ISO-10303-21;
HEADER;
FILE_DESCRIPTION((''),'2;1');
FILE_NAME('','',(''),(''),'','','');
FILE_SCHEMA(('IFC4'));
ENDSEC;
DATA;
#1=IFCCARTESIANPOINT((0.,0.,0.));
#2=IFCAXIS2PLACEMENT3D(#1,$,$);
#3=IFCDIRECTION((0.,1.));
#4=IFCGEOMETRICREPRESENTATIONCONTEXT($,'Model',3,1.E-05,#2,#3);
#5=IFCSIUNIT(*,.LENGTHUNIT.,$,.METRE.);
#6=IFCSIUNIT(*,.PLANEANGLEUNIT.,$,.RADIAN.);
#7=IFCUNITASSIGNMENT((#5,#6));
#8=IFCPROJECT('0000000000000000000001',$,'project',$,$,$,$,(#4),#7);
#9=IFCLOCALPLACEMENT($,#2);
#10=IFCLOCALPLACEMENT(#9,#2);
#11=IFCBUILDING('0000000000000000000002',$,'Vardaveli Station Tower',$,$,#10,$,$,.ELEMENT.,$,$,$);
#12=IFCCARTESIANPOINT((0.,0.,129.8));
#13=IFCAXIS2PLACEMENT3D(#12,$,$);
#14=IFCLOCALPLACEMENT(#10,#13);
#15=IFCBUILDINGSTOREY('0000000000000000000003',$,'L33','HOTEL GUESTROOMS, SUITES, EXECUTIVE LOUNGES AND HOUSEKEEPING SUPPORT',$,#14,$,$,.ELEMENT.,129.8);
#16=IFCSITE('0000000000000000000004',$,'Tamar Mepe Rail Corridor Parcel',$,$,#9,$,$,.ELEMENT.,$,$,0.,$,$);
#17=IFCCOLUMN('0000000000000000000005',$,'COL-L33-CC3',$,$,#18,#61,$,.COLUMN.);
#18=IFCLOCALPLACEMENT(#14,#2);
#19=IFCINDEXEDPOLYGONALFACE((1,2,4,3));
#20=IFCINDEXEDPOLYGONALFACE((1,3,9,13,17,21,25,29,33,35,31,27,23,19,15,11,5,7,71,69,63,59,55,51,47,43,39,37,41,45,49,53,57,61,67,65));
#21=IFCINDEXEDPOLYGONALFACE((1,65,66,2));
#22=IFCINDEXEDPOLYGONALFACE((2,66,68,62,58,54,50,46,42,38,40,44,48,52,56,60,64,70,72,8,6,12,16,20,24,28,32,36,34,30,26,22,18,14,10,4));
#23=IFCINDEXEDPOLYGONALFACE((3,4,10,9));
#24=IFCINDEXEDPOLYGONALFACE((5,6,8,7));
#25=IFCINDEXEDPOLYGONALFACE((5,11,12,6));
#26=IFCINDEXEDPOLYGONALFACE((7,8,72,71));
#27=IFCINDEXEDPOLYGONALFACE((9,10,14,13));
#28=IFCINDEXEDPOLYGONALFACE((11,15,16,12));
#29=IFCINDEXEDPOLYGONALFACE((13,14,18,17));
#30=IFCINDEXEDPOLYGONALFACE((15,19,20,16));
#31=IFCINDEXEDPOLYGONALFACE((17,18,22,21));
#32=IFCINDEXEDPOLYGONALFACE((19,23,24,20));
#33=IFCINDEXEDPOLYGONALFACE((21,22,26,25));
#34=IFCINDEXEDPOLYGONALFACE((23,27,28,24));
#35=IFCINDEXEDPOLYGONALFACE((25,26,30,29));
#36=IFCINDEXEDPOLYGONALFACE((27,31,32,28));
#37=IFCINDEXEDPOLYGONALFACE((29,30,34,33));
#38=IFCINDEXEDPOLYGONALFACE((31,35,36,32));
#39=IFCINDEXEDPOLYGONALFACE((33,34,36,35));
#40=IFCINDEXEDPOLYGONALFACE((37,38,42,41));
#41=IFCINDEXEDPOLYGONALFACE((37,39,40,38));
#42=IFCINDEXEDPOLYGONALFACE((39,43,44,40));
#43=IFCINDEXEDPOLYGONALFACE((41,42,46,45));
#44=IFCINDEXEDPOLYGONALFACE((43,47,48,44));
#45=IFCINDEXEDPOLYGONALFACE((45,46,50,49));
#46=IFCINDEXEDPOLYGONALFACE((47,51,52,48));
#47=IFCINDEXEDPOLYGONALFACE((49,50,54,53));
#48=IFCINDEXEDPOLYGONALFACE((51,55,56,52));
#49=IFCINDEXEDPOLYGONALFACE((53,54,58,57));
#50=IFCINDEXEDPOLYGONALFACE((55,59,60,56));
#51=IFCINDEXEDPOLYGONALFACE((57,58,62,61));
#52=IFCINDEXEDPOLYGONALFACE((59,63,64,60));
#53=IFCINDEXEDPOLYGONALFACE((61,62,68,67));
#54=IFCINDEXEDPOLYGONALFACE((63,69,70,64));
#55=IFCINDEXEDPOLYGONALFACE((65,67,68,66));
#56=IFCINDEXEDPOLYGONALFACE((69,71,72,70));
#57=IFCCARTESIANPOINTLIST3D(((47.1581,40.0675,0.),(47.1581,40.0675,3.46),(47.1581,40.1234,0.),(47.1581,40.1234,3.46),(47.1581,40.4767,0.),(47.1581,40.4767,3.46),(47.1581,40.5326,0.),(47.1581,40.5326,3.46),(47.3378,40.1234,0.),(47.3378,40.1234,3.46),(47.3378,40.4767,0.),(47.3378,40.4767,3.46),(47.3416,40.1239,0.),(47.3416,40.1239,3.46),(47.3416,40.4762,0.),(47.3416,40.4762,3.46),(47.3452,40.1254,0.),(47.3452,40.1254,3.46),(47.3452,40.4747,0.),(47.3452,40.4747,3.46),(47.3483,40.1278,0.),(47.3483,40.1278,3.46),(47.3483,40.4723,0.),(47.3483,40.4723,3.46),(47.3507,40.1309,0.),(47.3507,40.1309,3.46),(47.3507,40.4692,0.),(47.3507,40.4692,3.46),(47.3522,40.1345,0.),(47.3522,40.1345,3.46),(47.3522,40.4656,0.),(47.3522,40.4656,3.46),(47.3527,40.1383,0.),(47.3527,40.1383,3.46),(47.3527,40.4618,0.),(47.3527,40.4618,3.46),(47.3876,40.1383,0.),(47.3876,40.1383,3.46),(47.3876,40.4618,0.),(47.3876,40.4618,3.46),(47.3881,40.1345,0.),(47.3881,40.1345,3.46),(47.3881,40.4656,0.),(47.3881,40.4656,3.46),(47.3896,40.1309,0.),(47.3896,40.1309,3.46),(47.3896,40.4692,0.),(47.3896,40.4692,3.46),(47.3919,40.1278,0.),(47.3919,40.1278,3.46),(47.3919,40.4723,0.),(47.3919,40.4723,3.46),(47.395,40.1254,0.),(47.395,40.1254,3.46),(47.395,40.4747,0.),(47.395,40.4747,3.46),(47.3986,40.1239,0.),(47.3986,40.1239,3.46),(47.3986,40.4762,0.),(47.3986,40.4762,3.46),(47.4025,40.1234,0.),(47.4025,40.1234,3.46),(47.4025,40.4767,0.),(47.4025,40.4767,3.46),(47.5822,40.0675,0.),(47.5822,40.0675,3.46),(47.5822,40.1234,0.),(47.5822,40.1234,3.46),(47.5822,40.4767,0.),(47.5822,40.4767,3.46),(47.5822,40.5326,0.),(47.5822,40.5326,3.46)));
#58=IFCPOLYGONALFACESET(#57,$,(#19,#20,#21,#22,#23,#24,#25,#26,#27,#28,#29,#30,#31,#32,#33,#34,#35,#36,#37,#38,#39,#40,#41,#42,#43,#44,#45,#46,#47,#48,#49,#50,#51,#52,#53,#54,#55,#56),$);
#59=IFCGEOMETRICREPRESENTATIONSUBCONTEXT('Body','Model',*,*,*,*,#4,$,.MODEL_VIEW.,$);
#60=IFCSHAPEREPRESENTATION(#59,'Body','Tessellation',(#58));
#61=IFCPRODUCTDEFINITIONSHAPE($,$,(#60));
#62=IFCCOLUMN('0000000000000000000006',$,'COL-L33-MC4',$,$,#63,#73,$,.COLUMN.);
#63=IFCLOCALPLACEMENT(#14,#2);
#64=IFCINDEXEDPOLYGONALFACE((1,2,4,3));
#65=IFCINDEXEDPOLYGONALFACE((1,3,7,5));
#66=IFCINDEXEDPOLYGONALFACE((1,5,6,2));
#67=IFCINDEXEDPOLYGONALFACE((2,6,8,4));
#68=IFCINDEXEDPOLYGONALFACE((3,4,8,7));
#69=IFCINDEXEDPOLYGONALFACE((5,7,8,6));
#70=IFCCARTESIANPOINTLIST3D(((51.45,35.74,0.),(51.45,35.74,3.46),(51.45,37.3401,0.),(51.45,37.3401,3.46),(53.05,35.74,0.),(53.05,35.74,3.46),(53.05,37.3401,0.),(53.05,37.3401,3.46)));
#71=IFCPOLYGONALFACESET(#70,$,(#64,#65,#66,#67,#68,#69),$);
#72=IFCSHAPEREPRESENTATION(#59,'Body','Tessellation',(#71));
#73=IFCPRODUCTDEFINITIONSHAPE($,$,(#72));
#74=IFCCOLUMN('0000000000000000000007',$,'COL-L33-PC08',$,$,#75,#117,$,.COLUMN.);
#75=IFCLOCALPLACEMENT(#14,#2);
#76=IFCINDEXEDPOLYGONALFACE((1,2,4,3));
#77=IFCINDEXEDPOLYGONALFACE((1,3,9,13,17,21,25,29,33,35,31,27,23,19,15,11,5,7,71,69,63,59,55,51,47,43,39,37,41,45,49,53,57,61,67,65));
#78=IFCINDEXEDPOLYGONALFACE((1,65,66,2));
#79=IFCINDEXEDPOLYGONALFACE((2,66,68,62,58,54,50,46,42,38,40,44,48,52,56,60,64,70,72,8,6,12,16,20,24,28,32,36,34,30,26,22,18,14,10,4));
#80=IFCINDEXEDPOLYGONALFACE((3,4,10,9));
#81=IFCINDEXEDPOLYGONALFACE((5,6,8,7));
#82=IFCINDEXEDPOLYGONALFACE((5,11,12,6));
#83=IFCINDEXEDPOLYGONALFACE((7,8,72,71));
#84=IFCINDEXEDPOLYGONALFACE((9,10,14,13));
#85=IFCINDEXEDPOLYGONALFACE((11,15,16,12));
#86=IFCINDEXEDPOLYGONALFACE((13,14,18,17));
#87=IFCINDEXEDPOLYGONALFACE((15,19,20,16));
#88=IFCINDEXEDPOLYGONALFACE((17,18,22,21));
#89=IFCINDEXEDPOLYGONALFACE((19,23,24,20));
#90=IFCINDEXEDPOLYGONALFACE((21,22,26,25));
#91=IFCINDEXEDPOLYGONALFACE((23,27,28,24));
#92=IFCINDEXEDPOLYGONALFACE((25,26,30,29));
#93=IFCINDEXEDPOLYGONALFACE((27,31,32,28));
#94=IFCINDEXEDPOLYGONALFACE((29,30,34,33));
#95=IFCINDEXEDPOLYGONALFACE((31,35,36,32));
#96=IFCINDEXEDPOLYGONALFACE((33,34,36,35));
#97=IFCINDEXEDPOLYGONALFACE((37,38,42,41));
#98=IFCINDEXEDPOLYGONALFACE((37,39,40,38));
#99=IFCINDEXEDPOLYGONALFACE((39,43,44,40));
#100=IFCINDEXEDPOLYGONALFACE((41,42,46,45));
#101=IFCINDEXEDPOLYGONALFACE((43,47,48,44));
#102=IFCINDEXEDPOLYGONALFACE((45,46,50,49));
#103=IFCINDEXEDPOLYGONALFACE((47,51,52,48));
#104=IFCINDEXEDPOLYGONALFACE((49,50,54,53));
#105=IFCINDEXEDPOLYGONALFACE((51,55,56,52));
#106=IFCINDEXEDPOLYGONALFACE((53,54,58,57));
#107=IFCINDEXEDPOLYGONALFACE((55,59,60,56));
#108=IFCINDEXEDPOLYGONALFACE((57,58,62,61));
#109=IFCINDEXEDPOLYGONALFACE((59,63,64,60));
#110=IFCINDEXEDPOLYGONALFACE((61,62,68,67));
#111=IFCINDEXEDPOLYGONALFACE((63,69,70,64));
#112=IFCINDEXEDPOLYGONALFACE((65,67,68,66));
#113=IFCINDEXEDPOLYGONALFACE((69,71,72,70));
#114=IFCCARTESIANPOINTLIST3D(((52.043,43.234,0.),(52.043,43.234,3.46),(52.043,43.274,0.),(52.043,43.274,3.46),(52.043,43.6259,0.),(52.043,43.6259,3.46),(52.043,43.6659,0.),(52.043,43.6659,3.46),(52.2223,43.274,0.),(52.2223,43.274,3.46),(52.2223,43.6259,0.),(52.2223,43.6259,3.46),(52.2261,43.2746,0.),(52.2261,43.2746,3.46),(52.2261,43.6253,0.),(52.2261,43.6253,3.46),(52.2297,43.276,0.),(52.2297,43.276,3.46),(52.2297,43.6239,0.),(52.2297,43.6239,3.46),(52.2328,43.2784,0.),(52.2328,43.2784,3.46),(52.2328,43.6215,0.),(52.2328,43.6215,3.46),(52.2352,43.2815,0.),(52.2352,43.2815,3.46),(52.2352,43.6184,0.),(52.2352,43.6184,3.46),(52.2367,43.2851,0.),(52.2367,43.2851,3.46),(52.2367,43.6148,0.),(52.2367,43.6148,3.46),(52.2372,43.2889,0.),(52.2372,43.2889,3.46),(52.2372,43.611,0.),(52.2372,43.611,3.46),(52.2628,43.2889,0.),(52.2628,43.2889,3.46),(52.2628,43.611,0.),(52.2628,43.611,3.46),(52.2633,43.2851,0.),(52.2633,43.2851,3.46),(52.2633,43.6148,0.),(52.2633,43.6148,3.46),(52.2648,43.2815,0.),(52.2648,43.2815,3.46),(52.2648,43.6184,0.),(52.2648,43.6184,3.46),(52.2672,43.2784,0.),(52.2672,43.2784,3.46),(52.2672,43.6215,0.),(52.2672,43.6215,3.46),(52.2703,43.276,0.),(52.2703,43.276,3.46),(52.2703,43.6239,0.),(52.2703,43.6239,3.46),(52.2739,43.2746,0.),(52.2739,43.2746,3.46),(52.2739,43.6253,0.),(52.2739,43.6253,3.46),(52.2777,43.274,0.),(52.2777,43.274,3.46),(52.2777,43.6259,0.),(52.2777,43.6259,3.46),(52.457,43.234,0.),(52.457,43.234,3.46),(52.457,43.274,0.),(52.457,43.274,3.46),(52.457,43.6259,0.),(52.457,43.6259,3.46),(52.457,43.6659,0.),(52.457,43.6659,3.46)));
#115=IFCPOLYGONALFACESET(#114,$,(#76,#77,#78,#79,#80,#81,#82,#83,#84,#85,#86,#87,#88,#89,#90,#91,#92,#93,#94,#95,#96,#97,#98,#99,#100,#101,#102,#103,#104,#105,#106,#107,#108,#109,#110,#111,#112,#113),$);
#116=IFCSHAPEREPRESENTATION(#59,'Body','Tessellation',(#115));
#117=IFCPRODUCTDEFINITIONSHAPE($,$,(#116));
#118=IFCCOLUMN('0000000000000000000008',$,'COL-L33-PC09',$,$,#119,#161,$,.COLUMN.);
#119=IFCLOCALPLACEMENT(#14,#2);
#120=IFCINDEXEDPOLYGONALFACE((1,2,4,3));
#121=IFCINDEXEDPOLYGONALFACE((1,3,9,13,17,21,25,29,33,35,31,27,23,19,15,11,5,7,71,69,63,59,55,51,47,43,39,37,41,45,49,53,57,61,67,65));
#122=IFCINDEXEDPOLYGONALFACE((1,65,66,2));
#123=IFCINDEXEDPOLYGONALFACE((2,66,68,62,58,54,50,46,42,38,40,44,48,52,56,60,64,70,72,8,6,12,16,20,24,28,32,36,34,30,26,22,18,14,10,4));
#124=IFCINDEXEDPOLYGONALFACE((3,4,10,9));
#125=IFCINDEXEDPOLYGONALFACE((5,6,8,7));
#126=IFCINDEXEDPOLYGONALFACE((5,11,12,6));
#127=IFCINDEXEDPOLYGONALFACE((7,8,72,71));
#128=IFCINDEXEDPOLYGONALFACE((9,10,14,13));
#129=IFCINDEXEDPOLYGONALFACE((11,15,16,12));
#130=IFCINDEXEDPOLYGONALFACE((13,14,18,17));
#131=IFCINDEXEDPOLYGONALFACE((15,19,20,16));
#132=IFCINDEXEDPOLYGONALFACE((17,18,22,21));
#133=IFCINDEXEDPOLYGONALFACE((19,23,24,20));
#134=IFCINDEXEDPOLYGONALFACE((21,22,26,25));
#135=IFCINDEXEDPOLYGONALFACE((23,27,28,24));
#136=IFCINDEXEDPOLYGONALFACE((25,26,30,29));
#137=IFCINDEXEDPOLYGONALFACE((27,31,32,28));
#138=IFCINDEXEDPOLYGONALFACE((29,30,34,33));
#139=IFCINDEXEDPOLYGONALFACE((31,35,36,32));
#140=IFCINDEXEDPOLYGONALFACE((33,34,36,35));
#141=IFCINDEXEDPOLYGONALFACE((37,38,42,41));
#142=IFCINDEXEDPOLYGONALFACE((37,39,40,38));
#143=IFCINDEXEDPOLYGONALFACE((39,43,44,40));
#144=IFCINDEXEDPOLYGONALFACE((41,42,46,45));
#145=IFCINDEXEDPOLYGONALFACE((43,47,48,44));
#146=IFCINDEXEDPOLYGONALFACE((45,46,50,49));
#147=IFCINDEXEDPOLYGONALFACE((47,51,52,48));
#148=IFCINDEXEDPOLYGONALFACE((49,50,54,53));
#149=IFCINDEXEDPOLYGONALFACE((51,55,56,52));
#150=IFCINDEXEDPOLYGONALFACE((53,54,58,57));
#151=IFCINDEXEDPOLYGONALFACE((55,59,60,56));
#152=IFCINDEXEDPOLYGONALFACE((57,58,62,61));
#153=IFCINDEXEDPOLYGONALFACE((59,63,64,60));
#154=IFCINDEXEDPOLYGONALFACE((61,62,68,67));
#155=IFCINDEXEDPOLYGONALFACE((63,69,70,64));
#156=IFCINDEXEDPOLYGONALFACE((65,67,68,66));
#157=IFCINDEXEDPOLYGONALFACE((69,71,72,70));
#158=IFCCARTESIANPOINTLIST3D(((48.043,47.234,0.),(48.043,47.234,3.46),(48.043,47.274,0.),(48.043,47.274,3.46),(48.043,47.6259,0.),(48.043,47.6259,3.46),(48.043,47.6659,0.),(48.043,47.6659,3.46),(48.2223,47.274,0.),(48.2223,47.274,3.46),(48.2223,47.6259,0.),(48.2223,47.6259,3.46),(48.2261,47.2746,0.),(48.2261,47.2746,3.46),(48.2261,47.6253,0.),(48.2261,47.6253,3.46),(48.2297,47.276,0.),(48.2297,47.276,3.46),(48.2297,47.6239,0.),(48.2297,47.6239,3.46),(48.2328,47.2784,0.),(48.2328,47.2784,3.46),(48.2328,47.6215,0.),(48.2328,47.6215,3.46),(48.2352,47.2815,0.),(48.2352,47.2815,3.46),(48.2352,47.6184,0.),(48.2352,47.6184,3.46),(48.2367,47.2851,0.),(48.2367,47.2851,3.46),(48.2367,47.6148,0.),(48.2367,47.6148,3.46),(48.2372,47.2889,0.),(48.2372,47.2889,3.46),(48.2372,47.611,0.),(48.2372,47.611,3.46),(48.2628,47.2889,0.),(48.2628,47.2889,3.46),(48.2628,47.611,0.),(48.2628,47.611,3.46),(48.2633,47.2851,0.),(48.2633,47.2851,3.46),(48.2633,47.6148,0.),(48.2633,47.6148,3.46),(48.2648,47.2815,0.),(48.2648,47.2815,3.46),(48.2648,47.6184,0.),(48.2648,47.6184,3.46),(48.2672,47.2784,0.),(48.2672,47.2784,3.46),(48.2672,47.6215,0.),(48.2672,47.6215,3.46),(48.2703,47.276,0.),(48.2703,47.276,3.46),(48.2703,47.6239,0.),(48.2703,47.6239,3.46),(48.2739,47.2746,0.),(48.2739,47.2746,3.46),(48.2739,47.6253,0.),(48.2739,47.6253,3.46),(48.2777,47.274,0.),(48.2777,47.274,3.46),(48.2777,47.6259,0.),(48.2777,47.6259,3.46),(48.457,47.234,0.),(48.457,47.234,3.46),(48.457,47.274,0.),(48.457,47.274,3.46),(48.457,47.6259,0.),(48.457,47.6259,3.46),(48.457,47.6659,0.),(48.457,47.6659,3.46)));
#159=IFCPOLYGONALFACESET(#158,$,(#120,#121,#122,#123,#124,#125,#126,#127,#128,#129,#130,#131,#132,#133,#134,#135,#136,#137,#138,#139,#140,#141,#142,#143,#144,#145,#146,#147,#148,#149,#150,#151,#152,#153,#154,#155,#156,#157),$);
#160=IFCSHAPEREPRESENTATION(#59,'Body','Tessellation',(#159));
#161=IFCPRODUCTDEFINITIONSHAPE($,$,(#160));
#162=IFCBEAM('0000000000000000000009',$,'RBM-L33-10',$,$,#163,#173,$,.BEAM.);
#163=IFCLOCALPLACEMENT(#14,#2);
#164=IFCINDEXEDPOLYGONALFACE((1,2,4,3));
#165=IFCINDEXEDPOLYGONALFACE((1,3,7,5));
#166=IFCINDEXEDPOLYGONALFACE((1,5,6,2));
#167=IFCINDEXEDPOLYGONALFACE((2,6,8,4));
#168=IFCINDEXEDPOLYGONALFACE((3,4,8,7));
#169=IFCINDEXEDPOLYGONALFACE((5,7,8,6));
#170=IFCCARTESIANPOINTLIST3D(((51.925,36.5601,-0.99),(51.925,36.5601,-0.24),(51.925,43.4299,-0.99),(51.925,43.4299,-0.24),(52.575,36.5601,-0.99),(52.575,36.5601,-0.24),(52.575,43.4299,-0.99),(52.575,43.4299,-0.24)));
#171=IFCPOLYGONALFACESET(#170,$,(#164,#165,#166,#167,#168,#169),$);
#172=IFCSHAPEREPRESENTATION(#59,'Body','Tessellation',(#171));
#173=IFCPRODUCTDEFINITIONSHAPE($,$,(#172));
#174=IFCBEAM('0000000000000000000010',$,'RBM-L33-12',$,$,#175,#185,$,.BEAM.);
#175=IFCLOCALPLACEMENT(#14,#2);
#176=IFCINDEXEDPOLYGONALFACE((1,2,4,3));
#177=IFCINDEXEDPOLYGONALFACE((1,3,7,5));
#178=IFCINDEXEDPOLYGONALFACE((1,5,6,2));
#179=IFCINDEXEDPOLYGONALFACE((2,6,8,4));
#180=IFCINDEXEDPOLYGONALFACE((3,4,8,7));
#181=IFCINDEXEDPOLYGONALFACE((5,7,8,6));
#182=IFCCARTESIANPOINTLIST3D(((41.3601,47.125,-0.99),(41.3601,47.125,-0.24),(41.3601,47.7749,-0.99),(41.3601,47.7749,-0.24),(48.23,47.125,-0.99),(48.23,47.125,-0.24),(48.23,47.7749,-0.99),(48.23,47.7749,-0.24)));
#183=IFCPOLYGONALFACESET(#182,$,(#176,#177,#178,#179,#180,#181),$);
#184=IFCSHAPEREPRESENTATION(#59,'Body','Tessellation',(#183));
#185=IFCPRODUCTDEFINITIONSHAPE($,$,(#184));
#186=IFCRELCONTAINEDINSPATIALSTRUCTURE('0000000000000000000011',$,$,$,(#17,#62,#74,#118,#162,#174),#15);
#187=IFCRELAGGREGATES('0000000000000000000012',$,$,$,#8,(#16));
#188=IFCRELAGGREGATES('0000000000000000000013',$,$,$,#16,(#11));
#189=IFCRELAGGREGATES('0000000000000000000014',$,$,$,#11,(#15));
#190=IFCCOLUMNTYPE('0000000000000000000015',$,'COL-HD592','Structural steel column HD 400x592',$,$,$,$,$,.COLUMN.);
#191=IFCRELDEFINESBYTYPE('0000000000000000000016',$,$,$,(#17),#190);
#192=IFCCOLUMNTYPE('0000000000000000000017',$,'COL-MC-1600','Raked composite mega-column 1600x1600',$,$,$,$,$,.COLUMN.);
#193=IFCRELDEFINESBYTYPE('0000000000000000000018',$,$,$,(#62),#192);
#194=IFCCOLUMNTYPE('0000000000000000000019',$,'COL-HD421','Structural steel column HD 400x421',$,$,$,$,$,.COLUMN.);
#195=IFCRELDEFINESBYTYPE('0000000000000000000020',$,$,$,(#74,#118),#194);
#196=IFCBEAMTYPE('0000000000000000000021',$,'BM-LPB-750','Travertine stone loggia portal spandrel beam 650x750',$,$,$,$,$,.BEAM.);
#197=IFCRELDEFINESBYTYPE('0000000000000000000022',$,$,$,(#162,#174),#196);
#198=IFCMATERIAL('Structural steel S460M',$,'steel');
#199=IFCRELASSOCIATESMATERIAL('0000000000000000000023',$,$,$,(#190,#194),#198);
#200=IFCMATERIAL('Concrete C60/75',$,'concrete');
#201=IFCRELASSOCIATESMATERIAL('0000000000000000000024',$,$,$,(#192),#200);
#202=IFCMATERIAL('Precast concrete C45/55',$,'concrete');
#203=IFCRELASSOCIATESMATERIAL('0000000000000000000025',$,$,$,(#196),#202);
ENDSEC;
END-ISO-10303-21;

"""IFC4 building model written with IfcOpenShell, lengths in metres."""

from ifc_helpers import new_model, si_unit, direction, frame, origin, origin_2d, place, context, subcontext, project, spatial, rectangle, i_section, extrude, source, transform, mapped, material, material_profile, profile_set, type_object, element, save


model = new_model("IFC4")

# Units and contexts
model_context = context("Model", 3, precision=1e-05, world=origin(), true_north=direction((0.0, 1.0)))
body_context = subcontext(model_context, "Body", "Model", "MODEL_VIEW")
ifc_project = project(units=[si_unit("LENGTHUNIT", "METRE"), si_unit("PLANEANGLEUNIT", "RADIAN")], contexts=[model_context])

# Site, building, storey
site_placement = place(None, origin())
site = spatial("IfcSite", under=ifc_project, at=site_placement, Name="Tamar Mepe Rail Corridor Parcel", CompositionType="ELEMENT", RefElevation=0.0)
building_placement = place(site_placement, origin())
building = spatial("IfcBuilding", under=site, at=building_placement, Name="Vardaveli Station Tower", CompositionType="ELEMENT")
storey_placement = place(building_placement, frame((0.0, 0.0, 129.8)))
storey = spatial("IfcBuildingStorey", under=building, at=storey_placement, Name="L33", Description="HOTEL GUESTROOMS, SUITES, EXECUTIVE LOUNGES AND HOUSEKEEPING SUPPORT", CompositionType="ELEMENT", Elevation=129.8)

# Columns
ifc_material_1 = material(Name="Structural steel S460M", Category="steel")
ifc_material_profile_1 = material_profile(ifc_material_1, i_section(OverallWidth=0.4241, OverallDepth=0.4651, WebThickness=0.0349, FlangeThickness=0.0559, FilletRadius=0.0149, at=origin_2d()), Name="HD 400x592")
ifc_profile_set_1 = profile_set([ifc_material_profile_1], Name="Structural steel S460M")
column_type_1 = type_object("IfcColumnType", Name="COL-HD592", Description="Structural steel column HD 400x592", PredefinedType="COLUMN", material=ifc_profile_set_1)
shared_shape_1 = source(origin(), body_context, "Body", "SweptSolid", [
    extrude(i_section(OverallWidth=0.4241, OverallDepth=0.4651, WebThickness=0.0349, FlangeThickness=0.0559, FilletRadius=0.0149, at=origin_2d()), origin(), (0.0, 0.0, 1.0), 3.46),
])
column_1_placement = place(storey_placement, frame((47.3701, 40.3, 0.0), z_axis=(0.0, 0.0, 1.0), x_axis=(1.0, 0.0, 0.0)))
element("IfcColumn", 1, at=column_1_placement, inside=storey, type_object=column_type_1, Name="COL-L33-CC3", PredefinedType="COLUMN", context=body_context, shape_type="MappedRepresentation", body=[
    mapped(shared_shape_1, transform((0.0, 0.0, 0.0), scale=1.0)),
])
ifc_material_2 = material(Name="Concrete C60/75", Category="concrete")
ifc_material_profile_2 = material_profile(ifc_material_2, rectangle(XDim=1.6001, YDim=1.6001, at=origin_2d()), Name="MC 1600x1600")
ifc_profile_set_2 = profile_set([ifc_material_profile_2], Name="Concrete C60/75")
column_type_2 = type_object("IfcColumnType", Name="COL-MC-1600", Description="Raked composite mega-column 1600x1600", PredefinedType="COLUMN", material=ifc_profile_set_2)
shared_shape_2 = source(origin(), body_context, "Body", "SweptSolid", [
    extrude(rectangle(XDim=1.6001, YDim=1.6001, at=origin_2d()), origin(), (0.0, 0.0, 1.0), 3.46),
])
column_2_placement = place(storey_placement, frame((52.25, 36.54, 0.0), z_axis=(0.0, 0.0, 1.0), x_axis=(1.0, 0.0, 0.0)))
element("IfcColumn", 2, at=column_2_placement, inside=storey, type_object=column_type_2, Name="COL-L33-MC4", PredefinedType="COLUMN", context=body_context, shape_type="MappedRepresentation", body=[
    mapped(shared_shape_2, transform((0.0, 0.0, 0.0), scale=1.0)),
])
ifc_material_profile_3 = material_profile(ifc_material_1, i_section(OverallWidth=0.4141, OverallDepth=0.4319, WebThickness=0.0256, FlangeThickness=0.04, FilletRadius=0.0149, at=origin_2d()), Name="HD 400x421")
ifc_profile_set_3 = profile_set([ifc_material_profile_3], Name="Structural steel S460M")
column_type_3 = type_object("IfcColumnType", Name="COL-HD421", Description="Structural steel column HD 400x421", PredefinedType="COLUMN", material=ifc_profile_set_3)
shared_shape_3 = source(origin(), body_context, "Body", "SweptSolid", [
    extrude(i_section(OverallWidth=0.4141, OverallDepth=0.4319, WebThickness=0.0256, FlangeThickness=0.04, FilletRadius=0.0149, at=origin_2d()), origin(), (0.0, 0.0, 1.0), 3.46),
])
for number, where, z_axis, x_axis, name in (
    (3, (52.25, 43.45, 0.0), (0.0, 0.0, 1.0), (1.0, 0.0, 0.0), "COL-L33-PC08"),
    (4, (48.25, 47.45, 0.0), (0.0, 0.0, 1.0), (1.0, 0.0, 0.0), "COL-L33-PC09"),
):
    element("IfcColumn", number, at=place(storey_placement, frame(where, z_axis=z_axis, x_axis=x_axis)), inside=storey, type_object=column_type_3, Name=name, PredefinedType="COLUMN", context=body_context, shape_type="MappedRepresentation", body=[
        mapped(shared_shape_3, transform((0.0, 0.0, 0.0), scale=1.0)),
    ])

# Beams
ifc_material_3 = material(Name="Precast concrete C45/55", Category="concrete")
ifc_material_profile_4 = material_profile(ifc_material_3, rectangle(XDim=0.6499, YDim=0.75, at=origin_2d()), Name="LPB 650x750")
ifc_profile_set_4 = profile_set([ifc_material_profile_4], Name="Precast concrete C45/55")
beam_type = type_object("IfcBeamType", Name="BM-LPB-750", Description="Travertine stone loggia portal spandrel beam 650x750", PredefinedType="BEAM", material=ifc_profile_set_4)
shared_shape_4 = source(origin(), body_context, "Body", "SweptSolid", [
    extrude(rectangle(XDim=0.6499, YDim=0.75, at=origin_2d()), origin(), (0.0, 0.0, 1.0), 6.8699),
])
for number, where, z_axis, x_axis, name in (
    (5, (52.25, 36.5601, -0.615), (0.0, 1.0, 0.0), (-1.0, 0.0, 0.0), "RBM-L33-10"),
    (6, (48.23, 47.45, -0.615), (-1.0, 0.0, 0.0), (0.0, -1.0, 0.0), "RBM-L33-12"),
):
    element("IfcBeam", number, at=place(storey_placement, frame(where, z_axis=z_axis, x_axis=x_axis)), inside=storey, type_object=beam_type, Name=name, PredefinedType="BEAM", context=body_context, shape_type="MappedRepresentation", body=[
        mapped(shared_shape_4, transform((0.0, 0.0, 0.0), scale=1.0)),
    ])

save(model, "model.ifc")
